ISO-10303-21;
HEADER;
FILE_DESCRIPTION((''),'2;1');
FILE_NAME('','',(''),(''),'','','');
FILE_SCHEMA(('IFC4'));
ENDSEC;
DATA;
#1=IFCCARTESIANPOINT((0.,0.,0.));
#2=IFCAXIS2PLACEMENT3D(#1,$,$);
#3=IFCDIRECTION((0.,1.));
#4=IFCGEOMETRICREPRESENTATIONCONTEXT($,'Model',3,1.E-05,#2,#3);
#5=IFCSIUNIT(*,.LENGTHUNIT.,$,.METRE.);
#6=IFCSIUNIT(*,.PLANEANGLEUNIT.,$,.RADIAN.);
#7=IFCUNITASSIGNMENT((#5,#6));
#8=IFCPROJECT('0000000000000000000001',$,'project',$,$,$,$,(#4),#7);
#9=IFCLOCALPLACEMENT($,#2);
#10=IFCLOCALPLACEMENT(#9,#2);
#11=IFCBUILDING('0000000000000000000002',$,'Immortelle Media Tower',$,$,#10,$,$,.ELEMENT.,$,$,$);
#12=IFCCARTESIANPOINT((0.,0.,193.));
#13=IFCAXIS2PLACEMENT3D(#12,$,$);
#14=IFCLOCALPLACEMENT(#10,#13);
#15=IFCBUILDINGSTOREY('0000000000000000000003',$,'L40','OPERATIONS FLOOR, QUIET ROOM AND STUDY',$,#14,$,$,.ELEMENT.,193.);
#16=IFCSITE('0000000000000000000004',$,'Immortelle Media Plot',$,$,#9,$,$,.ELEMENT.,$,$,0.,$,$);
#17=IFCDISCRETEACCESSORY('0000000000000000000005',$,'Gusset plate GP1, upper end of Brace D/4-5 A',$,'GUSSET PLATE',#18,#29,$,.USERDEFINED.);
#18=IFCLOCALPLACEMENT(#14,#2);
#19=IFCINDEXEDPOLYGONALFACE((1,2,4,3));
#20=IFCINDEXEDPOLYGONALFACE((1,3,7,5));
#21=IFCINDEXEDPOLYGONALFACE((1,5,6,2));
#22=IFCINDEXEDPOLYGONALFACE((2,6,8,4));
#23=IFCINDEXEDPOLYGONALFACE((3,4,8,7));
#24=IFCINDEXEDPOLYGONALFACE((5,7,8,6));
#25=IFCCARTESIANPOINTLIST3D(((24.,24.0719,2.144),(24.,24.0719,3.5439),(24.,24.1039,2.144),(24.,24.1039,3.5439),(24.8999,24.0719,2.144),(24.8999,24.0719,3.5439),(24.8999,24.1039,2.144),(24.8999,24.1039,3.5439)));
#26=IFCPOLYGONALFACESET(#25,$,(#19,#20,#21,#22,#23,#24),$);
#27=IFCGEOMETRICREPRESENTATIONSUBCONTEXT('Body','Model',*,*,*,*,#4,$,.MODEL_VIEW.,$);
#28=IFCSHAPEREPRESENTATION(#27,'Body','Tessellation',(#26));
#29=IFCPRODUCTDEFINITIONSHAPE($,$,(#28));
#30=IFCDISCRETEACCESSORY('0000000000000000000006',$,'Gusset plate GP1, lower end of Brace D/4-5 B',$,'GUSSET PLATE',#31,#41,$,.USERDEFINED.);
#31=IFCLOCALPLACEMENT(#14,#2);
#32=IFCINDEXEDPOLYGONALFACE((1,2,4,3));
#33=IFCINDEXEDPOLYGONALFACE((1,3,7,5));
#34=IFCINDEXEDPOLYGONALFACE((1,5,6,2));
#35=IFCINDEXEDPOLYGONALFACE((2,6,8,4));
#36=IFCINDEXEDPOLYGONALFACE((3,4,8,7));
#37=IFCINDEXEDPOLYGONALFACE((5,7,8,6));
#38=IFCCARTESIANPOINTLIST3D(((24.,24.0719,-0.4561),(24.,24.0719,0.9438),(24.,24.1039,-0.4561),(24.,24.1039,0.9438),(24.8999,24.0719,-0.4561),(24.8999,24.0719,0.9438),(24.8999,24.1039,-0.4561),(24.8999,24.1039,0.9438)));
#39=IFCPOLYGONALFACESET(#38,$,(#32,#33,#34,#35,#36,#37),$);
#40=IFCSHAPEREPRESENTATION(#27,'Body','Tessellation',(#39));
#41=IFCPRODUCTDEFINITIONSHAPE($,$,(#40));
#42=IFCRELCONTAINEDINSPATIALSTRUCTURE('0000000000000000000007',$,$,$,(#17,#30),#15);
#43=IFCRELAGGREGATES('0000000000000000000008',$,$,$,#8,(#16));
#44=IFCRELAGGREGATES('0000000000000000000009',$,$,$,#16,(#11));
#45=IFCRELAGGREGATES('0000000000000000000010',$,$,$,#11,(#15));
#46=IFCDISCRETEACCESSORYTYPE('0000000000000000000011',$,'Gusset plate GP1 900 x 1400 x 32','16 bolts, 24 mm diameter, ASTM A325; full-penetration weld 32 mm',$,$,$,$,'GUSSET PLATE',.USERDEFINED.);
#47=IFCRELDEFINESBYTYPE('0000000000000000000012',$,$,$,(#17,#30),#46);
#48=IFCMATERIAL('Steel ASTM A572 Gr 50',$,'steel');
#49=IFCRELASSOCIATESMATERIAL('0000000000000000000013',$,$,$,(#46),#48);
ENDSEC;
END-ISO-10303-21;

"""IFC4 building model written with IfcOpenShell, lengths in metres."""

from ifc_helpers import new_model, si_unit, direction, frame, origin, origin_2d, place, context, subcontext, project, spatial, rectangle, extrude, material, material_profile, profile_set, type_object, element, save


model = new_model("IFC4")

# Units and contexts
model_context = context("Model", 3, precision=1e-05, world=origin(), true_north=direction((0.0, 1.0)))
body_context = subcontext(model_context, "Body", "Model", "MODEL_VIEW")
ifc_project = project(units=[si_unit("LENGTHUNIT", "METRE"), si_unit("PLANEANGLEUNIT", "RADIAN")], contexts=[model_context])

# Site, building, storey
site_placement = place(None, origin())
site = spatial("IfcSite", under=ifc_project, at=site_placement, Name="Immortelle Media Plot", CompositionType="ELEMENT", RefElevation=0.0)
building_placement = place(site_placement, origin())
building = spatial("IfcBuilding", under=site, at=building_placement, Name="Immortelle Media Tower", CompositionType="ELEMENT")
storey_placement = place(building_placement, frame((0.0, 0.0, 193.0)))
storey = spatial("IfcBuildingStorey", under=building, at=storey_placement, Name="L40", Description="OPERATIONS FLOOR, QUIET ROOM AND STUDY", CompositionType="ELEMENT", Elevation=193.0)

# Discrete accessories
ifc_material_1 = material(Name="Steel ASTM A572 Gr 50", Category="steel")
ifc_material_profile_1 = material_profile(ifc_material_1, rectangle(XDim=0.032, YDim=1.3999, at=origin_2d()), Name="PL 32 x 1400")
ifc_profile_set_1 = profile_set([ifc_material_profile_1], Name="Steel ASTM A572 Gr 50")
discrete_accessory_type_1 = type_object("IfcDiscreteAccessoryType", Name="Gusset plate GP1 900 x 1400 x 32", Description="16 bolts, 24 mm diameter, ASTM A325; full-penetration weld 32 mm", ElementType="GUSSET PLATE", PredefinedType="USERDEFINED", material=ifc_profile_set_1)
for number, where, z_axis, x_axis, name in (
    (1, (24.0, 24.0879, 2.844), (1.0, 0.0, 0.0), (0.0, 1.0, 0.0), "Gusset plate GP1, upper end of Brace D/4-5 A"),
    (2, (24.0, 24.0879, 0.2439), (1.0, 0.0, 0.0), (0.0, 1.0, 0.0), "Gusset plate GP1, lower end of Brace D/4-5 B"),
):
    element("IfcDiscreteAccessory", number, at=place(storey_placement, frame(where, z_axis=z_axis, x_axis=x_axis)), inside=storey, type_object=discrete_accessory_type_1, Name=name, ObjectType="GUSSET PLATE", PredefinedType="USERDEFINED", context=body_context, shape_type="SweptSolid", body=[
        extrude(rectangle(XDim=0.032, YDim=1.3999, at=origin_2d()), origin(), (0.0, 0.0, 1.0), 0.8999),
    ])

save(model, "model.ifc")
